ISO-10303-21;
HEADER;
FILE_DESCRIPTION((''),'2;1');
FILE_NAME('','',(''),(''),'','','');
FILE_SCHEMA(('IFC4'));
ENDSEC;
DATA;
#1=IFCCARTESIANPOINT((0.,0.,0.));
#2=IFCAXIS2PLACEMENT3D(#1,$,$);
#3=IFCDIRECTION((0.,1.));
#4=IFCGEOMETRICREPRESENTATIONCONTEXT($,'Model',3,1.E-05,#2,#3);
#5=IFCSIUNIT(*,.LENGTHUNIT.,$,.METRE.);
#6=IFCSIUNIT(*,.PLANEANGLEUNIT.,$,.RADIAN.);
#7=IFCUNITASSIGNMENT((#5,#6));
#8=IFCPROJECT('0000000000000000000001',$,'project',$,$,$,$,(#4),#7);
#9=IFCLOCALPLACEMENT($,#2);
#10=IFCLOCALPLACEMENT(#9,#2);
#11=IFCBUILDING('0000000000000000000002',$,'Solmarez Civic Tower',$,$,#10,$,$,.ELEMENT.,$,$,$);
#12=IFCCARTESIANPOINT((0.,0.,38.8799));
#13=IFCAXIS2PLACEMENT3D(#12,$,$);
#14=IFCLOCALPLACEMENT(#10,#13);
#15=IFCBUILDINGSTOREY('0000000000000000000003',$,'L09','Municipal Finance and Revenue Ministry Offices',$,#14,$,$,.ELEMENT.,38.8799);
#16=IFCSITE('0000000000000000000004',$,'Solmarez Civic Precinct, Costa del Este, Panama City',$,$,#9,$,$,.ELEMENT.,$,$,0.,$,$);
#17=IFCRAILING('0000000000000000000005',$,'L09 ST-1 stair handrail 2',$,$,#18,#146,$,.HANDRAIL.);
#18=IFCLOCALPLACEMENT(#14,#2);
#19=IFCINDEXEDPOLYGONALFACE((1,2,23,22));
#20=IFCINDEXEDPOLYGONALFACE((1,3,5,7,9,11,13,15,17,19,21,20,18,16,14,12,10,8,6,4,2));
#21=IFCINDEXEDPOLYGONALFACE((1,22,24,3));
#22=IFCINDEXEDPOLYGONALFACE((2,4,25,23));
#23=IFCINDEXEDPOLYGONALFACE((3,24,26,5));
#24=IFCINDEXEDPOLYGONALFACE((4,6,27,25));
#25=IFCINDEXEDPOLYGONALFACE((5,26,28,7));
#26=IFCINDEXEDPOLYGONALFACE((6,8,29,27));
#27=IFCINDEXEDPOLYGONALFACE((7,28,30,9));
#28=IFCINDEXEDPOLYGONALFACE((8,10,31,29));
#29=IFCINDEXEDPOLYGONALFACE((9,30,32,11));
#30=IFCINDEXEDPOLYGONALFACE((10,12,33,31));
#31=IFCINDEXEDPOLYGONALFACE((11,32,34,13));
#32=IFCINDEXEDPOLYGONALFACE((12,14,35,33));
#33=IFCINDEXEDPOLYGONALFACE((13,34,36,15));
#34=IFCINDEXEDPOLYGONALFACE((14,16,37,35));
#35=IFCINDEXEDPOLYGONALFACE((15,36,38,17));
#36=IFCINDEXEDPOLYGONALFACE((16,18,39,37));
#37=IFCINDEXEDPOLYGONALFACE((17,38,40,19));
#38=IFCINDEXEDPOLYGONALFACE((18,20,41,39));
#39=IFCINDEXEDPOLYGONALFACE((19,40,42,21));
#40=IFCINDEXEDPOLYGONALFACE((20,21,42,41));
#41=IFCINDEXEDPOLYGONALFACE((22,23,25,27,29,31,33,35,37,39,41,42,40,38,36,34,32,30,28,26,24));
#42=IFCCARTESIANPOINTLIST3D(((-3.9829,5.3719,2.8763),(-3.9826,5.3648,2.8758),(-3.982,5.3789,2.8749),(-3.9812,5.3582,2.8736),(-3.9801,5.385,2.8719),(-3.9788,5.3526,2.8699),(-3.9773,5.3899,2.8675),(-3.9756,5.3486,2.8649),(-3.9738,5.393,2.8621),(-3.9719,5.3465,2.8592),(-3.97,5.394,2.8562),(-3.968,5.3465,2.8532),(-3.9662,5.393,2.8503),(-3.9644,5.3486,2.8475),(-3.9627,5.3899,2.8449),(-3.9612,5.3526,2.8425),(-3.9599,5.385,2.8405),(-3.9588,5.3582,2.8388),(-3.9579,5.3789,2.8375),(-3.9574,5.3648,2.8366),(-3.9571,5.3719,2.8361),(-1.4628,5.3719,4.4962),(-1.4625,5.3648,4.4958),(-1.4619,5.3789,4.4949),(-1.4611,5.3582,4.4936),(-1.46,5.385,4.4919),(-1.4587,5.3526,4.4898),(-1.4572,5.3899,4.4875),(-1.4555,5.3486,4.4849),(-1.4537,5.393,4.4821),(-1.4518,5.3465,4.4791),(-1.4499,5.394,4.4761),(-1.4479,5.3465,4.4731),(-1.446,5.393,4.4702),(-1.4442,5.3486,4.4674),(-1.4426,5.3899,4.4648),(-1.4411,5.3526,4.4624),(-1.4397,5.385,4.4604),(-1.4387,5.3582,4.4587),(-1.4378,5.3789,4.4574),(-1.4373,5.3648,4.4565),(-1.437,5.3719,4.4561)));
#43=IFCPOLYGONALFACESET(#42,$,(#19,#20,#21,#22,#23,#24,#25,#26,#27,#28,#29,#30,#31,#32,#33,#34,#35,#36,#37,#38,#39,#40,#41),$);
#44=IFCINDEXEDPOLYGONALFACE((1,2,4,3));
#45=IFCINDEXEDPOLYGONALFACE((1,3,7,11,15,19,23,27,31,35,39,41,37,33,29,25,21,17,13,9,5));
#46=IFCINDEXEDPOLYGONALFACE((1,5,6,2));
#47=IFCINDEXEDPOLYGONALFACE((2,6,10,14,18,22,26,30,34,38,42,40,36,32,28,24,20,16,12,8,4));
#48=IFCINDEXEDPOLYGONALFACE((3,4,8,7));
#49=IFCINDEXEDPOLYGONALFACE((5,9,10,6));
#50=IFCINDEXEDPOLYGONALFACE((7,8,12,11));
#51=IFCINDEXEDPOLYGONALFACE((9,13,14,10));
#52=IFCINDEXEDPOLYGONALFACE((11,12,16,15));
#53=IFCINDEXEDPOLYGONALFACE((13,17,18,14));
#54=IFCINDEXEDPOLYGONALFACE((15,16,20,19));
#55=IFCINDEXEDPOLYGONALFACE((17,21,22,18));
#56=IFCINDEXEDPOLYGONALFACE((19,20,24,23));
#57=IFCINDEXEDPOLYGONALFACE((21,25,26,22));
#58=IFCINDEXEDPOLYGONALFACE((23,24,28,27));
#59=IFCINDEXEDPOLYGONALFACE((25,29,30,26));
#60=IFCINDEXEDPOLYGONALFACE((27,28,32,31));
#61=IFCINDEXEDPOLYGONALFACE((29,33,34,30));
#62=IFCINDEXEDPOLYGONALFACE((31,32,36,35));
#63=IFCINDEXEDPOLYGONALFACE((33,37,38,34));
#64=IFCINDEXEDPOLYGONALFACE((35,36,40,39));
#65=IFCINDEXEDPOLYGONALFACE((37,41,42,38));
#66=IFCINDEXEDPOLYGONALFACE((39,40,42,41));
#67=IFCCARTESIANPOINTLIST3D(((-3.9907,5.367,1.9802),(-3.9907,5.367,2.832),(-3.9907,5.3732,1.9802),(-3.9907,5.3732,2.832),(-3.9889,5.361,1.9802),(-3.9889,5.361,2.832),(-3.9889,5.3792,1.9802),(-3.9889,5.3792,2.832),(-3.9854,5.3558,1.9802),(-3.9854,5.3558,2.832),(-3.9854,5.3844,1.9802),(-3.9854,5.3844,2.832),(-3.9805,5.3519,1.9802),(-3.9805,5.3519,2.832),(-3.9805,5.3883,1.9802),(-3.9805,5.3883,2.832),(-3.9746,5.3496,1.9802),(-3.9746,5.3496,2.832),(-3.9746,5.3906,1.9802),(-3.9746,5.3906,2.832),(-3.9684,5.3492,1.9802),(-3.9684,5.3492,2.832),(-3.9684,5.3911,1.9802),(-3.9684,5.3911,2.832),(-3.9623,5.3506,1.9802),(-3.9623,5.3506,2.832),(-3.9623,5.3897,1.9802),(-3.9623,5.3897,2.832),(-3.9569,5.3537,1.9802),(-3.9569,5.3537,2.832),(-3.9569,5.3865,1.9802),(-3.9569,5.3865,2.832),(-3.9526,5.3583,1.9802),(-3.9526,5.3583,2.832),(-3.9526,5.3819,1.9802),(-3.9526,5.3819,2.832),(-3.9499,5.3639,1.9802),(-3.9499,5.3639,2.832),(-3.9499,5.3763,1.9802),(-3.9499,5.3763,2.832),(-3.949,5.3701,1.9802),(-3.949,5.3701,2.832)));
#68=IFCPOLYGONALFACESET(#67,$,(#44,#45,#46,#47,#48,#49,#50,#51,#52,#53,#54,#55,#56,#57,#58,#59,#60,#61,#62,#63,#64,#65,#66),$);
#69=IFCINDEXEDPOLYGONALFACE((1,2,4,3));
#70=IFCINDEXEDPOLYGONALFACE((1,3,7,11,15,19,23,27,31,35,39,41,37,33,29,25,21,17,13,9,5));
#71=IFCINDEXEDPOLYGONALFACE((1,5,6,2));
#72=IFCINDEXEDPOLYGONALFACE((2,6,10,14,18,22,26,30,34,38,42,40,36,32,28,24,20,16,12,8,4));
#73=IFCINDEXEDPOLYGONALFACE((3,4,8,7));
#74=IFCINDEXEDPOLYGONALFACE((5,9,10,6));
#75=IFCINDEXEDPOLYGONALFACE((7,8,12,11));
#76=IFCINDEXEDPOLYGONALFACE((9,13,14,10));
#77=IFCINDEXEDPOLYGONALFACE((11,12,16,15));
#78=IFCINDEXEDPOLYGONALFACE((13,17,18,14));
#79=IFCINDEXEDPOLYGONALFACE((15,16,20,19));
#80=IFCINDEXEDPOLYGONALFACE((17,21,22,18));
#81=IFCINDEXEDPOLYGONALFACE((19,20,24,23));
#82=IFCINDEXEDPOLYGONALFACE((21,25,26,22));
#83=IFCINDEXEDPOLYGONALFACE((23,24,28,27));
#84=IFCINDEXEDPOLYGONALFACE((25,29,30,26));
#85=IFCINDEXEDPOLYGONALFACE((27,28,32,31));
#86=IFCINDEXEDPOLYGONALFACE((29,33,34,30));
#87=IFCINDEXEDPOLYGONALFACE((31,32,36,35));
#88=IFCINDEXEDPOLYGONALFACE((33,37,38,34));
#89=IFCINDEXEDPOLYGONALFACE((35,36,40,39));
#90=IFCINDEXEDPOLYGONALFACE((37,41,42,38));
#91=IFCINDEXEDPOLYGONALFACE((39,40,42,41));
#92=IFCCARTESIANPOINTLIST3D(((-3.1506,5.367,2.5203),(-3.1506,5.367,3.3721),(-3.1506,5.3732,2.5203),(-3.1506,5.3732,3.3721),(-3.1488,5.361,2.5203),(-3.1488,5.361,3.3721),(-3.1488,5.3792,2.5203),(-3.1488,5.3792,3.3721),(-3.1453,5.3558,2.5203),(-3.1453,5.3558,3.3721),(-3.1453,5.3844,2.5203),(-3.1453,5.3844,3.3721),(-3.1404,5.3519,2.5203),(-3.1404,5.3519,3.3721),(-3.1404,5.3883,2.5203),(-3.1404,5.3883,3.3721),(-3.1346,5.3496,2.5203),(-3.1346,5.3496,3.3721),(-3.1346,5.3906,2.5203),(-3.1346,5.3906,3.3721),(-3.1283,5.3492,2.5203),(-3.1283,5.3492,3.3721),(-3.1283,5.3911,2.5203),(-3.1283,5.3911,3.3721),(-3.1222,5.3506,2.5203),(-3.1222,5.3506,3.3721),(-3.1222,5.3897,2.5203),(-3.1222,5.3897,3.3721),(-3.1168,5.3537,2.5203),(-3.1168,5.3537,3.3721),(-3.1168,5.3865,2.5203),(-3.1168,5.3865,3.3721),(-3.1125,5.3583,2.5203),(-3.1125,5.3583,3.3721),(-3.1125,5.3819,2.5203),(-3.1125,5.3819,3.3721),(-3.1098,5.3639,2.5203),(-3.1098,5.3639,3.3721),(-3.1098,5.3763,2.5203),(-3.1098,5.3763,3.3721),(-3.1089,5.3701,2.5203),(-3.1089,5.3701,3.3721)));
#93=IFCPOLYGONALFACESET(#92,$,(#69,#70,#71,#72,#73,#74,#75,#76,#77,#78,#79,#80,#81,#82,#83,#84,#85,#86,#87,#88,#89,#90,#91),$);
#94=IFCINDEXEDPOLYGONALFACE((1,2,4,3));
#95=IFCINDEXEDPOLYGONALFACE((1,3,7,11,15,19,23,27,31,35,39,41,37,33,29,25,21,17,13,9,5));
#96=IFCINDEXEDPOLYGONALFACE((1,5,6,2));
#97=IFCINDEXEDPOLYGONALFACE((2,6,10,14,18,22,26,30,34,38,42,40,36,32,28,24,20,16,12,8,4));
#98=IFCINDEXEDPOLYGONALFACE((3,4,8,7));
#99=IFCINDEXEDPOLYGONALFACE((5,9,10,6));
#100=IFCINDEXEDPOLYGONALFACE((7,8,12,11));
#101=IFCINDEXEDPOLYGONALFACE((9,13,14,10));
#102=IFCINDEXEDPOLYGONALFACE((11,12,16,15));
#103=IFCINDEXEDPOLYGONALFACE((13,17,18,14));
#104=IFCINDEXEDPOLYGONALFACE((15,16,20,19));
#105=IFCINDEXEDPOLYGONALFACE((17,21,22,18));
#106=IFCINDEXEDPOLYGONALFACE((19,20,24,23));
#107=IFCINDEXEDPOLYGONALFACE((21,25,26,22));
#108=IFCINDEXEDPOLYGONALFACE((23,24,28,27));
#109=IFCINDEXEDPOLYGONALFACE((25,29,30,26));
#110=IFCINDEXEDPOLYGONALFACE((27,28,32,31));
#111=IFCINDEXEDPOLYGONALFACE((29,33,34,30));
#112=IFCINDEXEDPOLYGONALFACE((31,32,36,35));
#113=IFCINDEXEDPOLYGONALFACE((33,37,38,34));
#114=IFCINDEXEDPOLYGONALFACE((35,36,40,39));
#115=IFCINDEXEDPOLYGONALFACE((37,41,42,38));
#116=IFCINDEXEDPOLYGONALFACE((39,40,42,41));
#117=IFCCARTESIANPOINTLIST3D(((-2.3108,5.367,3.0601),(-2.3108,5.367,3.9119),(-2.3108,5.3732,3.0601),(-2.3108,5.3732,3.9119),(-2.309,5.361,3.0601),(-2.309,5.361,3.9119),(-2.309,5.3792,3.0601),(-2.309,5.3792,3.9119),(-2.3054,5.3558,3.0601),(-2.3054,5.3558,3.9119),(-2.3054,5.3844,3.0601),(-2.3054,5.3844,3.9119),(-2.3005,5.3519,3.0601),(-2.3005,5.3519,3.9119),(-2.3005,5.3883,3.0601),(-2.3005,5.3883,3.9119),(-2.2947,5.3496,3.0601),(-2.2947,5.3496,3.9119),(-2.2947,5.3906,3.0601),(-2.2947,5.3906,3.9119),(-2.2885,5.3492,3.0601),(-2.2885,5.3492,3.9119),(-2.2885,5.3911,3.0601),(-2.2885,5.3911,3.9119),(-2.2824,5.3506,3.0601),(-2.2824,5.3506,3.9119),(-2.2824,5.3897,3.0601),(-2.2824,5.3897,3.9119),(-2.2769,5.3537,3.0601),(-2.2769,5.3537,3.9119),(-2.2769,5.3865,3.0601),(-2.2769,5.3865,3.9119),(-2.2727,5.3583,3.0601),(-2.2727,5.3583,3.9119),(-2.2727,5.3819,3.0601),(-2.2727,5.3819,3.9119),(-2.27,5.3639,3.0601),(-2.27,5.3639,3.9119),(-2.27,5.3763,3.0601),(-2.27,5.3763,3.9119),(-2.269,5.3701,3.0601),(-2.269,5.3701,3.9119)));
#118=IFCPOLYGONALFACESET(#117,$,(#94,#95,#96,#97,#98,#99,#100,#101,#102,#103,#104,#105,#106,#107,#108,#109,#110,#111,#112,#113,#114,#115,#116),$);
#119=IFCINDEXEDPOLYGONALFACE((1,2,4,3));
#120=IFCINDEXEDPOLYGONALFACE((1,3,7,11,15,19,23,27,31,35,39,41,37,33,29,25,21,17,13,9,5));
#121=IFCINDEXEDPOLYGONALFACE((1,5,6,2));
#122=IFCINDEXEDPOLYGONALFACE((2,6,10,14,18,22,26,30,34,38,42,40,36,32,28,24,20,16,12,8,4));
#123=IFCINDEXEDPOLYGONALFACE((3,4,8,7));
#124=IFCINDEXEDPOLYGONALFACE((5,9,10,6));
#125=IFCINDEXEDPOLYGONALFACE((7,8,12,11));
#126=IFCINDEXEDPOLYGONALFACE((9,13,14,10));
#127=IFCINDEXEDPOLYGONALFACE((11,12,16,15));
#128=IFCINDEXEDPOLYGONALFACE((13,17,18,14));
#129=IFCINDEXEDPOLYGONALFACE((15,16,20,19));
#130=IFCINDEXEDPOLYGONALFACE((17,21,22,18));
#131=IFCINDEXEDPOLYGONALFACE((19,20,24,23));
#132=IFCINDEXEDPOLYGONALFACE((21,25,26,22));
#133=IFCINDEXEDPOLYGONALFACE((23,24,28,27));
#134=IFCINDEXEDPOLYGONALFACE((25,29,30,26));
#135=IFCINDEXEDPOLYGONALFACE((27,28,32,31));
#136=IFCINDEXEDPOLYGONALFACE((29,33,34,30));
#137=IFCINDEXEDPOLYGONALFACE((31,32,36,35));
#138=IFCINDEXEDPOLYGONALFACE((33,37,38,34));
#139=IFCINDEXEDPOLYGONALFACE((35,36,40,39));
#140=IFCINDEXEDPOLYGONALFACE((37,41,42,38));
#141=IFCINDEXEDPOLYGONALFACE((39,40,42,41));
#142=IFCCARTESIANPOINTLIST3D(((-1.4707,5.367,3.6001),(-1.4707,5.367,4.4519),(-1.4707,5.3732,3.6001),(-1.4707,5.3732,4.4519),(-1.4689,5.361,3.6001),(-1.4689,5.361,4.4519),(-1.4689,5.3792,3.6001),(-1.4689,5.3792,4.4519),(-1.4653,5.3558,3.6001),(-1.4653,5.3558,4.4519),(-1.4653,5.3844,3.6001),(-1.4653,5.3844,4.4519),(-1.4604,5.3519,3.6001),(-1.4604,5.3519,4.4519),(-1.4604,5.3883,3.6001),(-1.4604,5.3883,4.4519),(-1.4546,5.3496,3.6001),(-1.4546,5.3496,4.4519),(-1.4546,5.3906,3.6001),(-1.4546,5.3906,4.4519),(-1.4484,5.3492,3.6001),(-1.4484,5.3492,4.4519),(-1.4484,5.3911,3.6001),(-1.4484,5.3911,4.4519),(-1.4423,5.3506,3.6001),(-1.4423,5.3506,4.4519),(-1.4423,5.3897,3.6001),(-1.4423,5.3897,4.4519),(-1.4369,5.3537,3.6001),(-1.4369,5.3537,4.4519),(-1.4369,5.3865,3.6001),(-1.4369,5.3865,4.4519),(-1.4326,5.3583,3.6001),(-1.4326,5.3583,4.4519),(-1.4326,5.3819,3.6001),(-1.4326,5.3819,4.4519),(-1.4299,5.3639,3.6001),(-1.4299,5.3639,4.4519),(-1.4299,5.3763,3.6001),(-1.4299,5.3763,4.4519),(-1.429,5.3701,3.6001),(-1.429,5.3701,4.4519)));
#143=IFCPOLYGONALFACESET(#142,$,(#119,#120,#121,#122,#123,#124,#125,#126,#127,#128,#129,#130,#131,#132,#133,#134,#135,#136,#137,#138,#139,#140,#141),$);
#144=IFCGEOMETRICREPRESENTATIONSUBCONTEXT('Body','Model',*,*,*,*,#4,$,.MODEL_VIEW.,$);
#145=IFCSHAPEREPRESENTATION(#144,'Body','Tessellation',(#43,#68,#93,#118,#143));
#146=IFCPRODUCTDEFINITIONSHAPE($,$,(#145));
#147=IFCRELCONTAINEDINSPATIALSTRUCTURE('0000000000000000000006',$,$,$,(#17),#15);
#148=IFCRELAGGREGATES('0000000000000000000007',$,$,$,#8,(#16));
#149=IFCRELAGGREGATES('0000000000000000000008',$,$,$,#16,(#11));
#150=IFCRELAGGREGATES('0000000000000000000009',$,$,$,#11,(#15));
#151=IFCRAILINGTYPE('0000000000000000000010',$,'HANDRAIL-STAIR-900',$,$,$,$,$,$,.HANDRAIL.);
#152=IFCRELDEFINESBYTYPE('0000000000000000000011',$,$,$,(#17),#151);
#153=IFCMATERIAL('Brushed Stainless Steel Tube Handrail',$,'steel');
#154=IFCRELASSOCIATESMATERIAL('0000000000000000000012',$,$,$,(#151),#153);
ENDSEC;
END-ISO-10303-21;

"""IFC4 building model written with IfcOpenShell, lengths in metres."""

from ifc_helpers import new_model, si_unit, direction, frame, origin, origin_2d, place, context, subcontext, project, spatial, circle, extrude, material, type_object, element, save


model = new_model("IFC4")

# Units and contexts
model_context = context("Model", 3, precision=1e-05, world=origin(), true_north=direction((0.0, 1.0)))
body_context = subcontext(model_context, "Body", "Model", "MODEL_VIEW")
ifc_project = project(units=[si_unit("LENGTHUNIT", "METRE"), si_unit("PLANEANGLEUNIT", "RADIAN")], contexts=[model_context])

# Site, building, storey
site_placement = place(None, origin())
site = spatial("IfcSite", under=ifc_project, at=site_placement, Name="Solmarez Civic Precinct, Costa del Este, Panama City", CompositionType="ELEMENT", RefElevation=0.0)
building_placement = place(site_placement, origin())
building = spatial("IfcBuilding", under=site, at=building_placement, Name="Solmarez Civic Tower", CompositionType="ELEMENT")
storey_placement = place(building_placement, frame((0.0, 0.0, 38.8799)))
storey = spatial("IfcBuildingStorey", under=building, at=storey_placement, Name="L09", Description="Municipal Finance and Revenue Ministry Offices", CompositionType="ELEMENT", Elevation=38.8799)

# Railing
ifc_material_1 = material(Name="Brushed Stainless Steel Tube Handrail", Category="steel")
railing_type_1 = type_object("IfcRailingType", Name="HANDRAIL-STAIR-900", PredefinedType="HANDRAIL", material=ifc_material_1)
railing_1_placement = place(storey_placement, frame((-3.97, 5.3701, 1.9802)))
element("IfcRailing", 1, at=railing_1_placement, inside=storey, type_object=railing_type_1, Name="L09 ST-1 stair handrail 2", PredefinedType="HANDRAIL", context=body_context, shape_type="SweptSolid", body=[
    extrude(circle(Radius=0.0239, at=origin_2d()), frame((0.0, 0.0, 0.876), z_axis=(0.8412, 0.0, 0.540725), x_axis=(0.0, 1.0, 0.0)), (0.0, 0.0, 1.0), 2.9958),
    extrude(circle(Radius=0.021, at=origin_2d()), origin(), (0.0, 0.0, 1.0), 0.8518),
    extrude(circle(Radius=0.021, at=origin_2d()), frame((0.8401, 0.0, 0.54)), (0.0, 0.0, 1.0), 0.8518),
    extrude(circle(Radius=0.021, at=origin_2d()), frame((1.6799, 0.0, 1.0798)), (0.0, 0.0, 1.0), 0.8518),
    extrude(circle(Radius=0.021, at=origin_2d()), frame((2.52, 0.0, 1.6199)), (0.0, 0.0, 1.0), 0.8518),
])

save(model, "model.ifc")
